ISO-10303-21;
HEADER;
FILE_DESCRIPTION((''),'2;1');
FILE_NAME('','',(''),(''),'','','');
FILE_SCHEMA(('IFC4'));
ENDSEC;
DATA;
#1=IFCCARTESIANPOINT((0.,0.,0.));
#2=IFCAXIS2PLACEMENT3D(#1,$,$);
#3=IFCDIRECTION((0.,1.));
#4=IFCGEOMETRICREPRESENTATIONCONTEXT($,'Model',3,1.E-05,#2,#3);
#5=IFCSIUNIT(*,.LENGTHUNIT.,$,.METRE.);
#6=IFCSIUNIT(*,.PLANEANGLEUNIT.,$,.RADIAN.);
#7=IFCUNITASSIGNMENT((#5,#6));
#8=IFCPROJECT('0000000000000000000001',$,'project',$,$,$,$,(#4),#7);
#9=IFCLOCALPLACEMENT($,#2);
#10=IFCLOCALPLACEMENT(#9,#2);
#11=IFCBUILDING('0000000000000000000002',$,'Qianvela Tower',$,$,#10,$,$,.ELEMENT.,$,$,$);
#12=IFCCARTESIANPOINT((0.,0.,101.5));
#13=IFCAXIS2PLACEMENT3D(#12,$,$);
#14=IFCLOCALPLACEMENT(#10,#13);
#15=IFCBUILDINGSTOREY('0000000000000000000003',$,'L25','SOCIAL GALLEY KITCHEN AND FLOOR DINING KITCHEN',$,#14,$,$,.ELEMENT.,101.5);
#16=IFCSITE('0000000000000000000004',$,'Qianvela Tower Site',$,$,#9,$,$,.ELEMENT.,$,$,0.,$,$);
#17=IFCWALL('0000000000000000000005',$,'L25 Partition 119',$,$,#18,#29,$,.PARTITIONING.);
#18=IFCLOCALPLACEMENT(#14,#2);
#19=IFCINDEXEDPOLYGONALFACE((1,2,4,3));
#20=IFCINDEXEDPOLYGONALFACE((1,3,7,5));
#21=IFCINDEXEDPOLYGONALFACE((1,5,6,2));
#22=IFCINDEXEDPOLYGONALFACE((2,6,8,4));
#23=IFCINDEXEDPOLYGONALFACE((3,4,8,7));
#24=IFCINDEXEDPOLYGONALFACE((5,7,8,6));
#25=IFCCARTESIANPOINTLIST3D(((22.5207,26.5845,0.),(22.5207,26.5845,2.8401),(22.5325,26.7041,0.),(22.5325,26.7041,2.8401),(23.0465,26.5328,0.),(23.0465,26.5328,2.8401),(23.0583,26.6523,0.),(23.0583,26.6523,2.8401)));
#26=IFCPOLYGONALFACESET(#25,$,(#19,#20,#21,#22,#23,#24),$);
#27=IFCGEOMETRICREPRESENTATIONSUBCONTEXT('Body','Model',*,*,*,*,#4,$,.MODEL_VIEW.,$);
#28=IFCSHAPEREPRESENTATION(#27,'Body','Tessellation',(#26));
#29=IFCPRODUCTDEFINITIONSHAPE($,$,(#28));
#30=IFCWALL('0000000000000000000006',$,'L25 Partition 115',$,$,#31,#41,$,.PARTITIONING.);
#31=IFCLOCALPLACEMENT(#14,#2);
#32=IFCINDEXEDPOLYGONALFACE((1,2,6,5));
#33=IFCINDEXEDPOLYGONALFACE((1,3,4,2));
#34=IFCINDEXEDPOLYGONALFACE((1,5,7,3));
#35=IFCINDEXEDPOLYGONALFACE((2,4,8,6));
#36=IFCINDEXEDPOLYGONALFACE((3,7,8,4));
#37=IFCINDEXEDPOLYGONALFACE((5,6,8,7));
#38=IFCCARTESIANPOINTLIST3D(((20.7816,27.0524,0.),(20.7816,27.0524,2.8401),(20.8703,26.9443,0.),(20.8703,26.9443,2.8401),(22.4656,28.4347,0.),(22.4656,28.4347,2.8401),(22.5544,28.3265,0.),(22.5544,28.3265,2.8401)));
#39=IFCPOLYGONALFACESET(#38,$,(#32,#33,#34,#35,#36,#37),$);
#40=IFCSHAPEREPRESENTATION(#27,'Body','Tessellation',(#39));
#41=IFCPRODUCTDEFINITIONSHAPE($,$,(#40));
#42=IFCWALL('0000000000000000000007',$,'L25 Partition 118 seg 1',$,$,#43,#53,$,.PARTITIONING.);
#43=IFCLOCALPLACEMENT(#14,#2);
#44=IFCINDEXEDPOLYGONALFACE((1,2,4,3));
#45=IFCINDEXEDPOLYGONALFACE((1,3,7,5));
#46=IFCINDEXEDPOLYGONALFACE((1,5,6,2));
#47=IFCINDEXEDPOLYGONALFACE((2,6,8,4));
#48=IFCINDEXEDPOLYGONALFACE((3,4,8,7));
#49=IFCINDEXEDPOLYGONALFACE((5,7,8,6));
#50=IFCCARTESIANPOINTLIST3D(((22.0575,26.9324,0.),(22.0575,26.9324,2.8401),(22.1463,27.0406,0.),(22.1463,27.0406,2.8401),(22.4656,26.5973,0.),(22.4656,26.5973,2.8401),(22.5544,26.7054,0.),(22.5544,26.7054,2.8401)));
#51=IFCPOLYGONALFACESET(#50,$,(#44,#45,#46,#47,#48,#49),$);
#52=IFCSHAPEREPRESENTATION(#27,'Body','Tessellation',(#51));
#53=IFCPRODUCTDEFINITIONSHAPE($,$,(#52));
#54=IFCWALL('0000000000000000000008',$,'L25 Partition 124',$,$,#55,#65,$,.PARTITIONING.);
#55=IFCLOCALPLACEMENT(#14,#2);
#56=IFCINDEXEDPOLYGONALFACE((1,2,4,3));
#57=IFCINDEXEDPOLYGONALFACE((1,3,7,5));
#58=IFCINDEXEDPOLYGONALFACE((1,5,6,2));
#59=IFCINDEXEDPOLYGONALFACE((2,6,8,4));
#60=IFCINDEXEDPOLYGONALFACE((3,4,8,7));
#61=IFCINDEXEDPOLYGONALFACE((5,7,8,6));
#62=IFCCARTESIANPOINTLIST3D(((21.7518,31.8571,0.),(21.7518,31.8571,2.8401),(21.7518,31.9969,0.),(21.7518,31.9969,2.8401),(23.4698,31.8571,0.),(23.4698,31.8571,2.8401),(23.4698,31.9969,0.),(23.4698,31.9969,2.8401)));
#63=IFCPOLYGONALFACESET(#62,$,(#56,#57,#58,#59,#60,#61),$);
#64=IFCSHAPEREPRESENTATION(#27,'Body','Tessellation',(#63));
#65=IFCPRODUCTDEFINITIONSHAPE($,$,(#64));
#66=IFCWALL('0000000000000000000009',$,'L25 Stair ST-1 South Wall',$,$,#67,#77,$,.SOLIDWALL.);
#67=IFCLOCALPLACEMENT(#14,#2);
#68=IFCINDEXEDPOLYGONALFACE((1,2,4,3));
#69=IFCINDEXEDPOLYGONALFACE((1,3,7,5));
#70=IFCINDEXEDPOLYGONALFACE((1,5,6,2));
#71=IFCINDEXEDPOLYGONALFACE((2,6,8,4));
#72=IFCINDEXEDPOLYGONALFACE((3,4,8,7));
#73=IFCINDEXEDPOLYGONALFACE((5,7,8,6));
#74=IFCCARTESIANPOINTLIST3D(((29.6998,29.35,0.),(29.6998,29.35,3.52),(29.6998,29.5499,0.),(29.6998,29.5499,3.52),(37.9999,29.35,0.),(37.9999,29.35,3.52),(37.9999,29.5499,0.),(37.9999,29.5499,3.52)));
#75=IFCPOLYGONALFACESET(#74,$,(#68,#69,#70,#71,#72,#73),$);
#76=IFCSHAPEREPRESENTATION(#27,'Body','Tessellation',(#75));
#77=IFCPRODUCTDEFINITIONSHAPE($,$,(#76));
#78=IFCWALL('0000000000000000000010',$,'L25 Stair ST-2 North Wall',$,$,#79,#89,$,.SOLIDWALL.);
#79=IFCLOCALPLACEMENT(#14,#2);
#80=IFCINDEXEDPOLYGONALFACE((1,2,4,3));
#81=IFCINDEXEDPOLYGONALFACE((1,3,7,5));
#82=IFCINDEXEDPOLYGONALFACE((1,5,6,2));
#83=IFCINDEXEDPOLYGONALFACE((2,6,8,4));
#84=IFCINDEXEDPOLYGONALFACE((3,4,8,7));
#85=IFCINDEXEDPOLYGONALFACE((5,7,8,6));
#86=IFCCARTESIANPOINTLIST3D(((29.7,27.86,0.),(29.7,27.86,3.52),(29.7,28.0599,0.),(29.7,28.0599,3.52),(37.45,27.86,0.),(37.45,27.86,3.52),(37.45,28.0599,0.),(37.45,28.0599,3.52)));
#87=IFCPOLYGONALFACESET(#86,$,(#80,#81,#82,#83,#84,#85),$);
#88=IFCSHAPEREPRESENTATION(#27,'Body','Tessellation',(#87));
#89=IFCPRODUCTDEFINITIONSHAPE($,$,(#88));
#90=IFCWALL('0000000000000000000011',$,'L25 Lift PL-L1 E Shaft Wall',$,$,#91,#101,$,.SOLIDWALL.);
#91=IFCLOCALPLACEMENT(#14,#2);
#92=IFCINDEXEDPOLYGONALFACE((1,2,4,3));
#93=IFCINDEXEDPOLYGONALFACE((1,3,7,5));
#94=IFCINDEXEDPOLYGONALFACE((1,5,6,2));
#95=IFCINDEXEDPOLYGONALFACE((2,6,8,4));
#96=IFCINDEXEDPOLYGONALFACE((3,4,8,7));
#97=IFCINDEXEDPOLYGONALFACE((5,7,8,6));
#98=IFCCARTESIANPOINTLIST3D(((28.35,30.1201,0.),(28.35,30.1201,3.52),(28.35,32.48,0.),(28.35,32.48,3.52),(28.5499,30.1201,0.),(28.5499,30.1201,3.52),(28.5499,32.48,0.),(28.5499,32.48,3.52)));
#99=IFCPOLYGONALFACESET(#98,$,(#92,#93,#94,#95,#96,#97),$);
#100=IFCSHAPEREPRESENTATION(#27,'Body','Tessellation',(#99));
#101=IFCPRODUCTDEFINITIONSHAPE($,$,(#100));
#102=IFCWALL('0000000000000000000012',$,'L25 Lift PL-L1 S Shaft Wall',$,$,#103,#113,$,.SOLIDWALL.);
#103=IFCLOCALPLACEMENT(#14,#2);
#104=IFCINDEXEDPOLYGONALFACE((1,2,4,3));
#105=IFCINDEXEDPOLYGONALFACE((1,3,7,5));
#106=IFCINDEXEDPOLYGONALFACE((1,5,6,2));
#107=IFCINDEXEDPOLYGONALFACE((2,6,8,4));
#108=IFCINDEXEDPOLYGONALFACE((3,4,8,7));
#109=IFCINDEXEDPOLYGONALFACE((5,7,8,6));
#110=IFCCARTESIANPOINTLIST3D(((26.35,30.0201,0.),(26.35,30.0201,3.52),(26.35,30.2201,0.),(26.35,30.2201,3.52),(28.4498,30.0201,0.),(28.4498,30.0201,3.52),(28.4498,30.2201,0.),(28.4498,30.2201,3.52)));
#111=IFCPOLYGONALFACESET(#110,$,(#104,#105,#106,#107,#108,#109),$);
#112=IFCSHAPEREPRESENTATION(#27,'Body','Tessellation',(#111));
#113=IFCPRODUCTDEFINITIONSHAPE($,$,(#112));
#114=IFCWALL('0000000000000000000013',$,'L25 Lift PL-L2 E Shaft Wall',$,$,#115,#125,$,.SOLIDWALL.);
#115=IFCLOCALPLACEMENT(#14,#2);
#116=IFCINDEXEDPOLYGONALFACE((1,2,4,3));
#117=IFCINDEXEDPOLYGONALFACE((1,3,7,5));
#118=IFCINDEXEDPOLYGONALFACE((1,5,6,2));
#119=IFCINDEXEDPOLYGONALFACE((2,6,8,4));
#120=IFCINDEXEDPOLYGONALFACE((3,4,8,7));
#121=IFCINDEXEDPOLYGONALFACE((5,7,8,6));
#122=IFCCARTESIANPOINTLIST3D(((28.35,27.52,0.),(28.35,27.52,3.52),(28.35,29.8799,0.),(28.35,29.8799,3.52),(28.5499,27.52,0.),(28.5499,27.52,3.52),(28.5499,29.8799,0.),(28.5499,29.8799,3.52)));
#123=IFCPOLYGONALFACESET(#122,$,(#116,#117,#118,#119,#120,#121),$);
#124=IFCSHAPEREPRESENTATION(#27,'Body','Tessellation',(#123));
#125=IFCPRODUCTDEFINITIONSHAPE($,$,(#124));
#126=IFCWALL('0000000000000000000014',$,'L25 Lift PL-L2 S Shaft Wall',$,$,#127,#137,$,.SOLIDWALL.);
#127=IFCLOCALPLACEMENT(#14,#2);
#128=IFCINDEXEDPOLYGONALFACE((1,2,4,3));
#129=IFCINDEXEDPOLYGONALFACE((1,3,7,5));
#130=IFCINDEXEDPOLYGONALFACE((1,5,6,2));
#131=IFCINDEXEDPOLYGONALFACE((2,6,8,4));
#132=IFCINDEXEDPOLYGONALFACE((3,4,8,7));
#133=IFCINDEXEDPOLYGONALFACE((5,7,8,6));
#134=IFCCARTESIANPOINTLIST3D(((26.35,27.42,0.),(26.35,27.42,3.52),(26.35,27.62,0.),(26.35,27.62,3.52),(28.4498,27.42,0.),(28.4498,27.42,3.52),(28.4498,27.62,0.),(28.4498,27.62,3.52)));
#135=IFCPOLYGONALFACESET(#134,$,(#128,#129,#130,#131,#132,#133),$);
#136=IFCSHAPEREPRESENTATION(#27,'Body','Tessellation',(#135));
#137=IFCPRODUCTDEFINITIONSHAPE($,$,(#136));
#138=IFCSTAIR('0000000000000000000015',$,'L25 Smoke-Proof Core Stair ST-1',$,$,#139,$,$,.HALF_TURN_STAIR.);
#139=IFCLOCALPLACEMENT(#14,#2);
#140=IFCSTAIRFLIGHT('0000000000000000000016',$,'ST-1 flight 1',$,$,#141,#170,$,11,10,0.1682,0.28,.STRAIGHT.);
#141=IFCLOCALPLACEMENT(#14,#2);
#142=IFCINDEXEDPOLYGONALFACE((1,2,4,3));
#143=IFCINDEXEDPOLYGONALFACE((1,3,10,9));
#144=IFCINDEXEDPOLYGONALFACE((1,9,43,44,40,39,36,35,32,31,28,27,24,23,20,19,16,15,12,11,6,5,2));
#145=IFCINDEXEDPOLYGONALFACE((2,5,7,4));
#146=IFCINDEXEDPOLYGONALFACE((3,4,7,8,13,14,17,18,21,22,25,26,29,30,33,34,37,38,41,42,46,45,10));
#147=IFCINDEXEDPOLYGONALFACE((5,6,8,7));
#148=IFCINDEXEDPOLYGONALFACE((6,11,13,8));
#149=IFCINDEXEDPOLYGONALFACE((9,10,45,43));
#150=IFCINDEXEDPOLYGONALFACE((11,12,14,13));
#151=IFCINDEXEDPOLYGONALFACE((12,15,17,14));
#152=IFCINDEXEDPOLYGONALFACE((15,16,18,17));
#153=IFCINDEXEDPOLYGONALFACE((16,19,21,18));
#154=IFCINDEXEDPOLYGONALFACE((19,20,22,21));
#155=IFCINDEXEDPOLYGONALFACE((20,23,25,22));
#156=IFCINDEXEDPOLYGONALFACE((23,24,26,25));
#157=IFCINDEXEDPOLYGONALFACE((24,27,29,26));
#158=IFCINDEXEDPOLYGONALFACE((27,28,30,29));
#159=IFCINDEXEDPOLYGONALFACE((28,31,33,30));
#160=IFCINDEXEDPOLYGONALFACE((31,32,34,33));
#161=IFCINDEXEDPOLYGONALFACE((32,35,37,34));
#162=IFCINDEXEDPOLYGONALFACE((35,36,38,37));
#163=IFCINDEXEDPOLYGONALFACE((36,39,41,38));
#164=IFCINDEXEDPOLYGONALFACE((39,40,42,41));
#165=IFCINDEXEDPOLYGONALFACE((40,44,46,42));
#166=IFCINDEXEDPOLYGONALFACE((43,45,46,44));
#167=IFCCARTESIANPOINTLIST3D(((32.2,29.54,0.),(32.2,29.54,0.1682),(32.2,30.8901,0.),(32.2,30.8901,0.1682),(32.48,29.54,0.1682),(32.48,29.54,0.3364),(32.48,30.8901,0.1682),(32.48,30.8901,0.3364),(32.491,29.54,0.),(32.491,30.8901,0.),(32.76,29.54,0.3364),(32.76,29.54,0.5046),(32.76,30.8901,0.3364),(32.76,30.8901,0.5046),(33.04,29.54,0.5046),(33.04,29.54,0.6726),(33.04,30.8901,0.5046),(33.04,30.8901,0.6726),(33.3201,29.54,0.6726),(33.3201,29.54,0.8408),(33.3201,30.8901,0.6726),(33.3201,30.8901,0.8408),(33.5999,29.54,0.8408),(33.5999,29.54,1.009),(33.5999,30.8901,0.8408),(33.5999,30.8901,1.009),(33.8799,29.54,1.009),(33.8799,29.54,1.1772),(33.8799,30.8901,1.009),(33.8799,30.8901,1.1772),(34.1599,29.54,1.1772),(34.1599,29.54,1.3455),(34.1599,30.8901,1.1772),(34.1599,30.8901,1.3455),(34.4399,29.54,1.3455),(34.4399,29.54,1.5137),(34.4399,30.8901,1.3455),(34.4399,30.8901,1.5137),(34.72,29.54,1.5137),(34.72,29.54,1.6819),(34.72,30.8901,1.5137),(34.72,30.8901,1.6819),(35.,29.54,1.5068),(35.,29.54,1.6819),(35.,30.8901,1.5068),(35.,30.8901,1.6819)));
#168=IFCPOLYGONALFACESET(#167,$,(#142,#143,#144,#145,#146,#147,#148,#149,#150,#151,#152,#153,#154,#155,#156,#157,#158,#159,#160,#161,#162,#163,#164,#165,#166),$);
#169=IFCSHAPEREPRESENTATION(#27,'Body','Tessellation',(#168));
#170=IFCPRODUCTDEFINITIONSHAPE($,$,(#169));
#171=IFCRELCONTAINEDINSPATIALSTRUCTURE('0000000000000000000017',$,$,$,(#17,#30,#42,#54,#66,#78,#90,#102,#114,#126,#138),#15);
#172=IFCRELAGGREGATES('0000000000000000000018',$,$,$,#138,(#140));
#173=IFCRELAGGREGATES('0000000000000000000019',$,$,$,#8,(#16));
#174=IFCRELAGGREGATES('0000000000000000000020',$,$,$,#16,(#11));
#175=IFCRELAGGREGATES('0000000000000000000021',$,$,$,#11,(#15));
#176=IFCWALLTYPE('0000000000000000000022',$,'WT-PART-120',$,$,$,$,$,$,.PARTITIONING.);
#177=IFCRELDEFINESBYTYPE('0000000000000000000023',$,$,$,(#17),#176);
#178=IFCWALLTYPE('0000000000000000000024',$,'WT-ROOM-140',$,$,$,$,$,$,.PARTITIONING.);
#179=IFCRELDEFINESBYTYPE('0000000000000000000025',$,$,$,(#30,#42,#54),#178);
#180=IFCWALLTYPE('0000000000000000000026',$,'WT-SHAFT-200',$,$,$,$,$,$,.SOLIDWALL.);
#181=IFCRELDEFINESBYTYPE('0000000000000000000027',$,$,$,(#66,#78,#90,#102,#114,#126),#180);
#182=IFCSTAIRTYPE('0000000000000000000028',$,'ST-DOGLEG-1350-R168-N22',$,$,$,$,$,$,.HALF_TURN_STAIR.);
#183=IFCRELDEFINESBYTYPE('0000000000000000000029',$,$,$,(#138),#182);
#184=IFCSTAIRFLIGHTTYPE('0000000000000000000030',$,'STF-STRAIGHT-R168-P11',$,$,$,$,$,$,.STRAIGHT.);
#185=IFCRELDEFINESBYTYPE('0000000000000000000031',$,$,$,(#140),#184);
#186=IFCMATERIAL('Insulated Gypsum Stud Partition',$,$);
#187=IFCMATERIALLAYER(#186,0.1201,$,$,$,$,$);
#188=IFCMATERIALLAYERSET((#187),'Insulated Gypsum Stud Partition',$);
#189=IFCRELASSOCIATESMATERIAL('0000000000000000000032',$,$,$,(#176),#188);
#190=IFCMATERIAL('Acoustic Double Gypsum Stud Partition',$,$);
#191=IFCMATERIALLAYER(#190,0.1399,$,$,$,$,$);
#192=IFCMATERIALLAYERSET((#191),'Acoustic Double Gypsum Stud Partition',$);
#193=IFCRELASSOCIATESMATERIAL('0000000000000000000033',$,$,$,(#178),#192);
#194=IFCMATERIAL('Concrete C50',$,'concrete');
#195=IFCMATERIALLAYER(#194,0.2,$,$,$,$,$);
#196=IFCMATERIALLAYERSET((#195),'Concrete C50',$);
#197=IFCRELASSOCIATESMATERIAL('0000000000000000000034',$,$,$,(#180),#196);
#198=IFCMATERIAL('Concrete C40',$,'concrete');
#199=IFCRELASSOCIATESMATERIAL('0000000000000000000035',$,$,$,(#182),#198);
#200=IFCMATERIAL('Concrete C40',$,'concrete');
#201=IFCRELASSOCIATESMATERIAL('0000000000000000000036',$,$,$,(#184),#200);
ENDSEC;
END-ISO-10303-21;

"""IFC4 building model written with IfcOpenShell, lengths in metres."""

from ifc_helpers import new_model, si_unit, direction, frame, frame_2d, origin, place, context, subcontext, project, spatial, polyline, rectangle, outline, extrude, material, layer, layer_set, type_object, element, aggregate, save


model = new_model("IFC4")

# Units and contexts
model_context = context("Model", 3, precision=1e-05, world=origin(), true_north=direction((0.0, 1.0)))
body_context = subcontext(model_context, "Body", "Model", "MODEL_VIEW")
ifc_project = project(units=[si_unit("LENGTHUNIT", "METRE"), si_unit("PLANEANGLEUNIT", "RADIAN")], contexts=[model_context])

# Site, building, storey
site_placement = place(None, origin())
site = spatial("IfcSite", under=ifc_project, at=site_placement, Name="Qianvela Tower Site", CompositionType="ELEMENT", RefElevation=0.0)
building_placement = place(site_placement, origin())
building = spatial("IfcBuilding", under=site, at=building_placement, Name="Qianvela Tower", CompositionType="ELEMENT")
storey_placement = place(building_placement, frame((0.0, 0.0, 101.5)))
storey = spatial("IfcBuildingStorey", under=building, at=storey_placement, Name="L25", Description="SOCIAL GALLEY KITCHEN AND FLOOR DINING KITCHEN", CompositionType="ELEMENT", Elevation=101.5)

# Walls
ifc_material_1 = material(Name="Insulated Gypsum Stud Partition")
ifc_layer_1 = layer(ifc_material_1, 0.1201)
ifc_layer_set_1 = layer_set([ifc_layer_1], Name="Insulated Gypsum Stud Partition")
wall_type_1 = type_object("IfcWallType", Name="WT-PART-120", PredefinedType="PARTITIONING", material=ifc_layer_set_1)
wall_1_placement = place(storey_placement, frame((22.5266, 26.6443, 0.0), z_axis=(0.0, 0.0, 1.0), x_axis=(0.995192, -0.097948, 0.0)))
element("IfcWall", 1, at=wall_1_placement, inside=storey, type_object=wall_type_1, Name="L25 Partition 119", PredefinedType="PARTITIONING", context=body_context, shape_type="SweptSolid", body=[
    extrude(rectangle(XDim=0.5283, YDim=0.1201, at=frame_2d((0.2642, 0.0))), origin(), (0.0, 0.0, 1.0), 2.8401),
])
ifc_material_2 = material(Name="Acoustic Double Gypsum Stud Partition")
ifc_layer_2 = layer(ifc_material_2, 0.1399)
ifc_layer_set_2 = layer_set([ifc_layer_2], Name="Acoustic Double Gypsum Stud Partition")
wall_type_2 = type_object("IfcWallType", Name="WT-ROOM-140", PredefinedType="PARTITIONING", material=ifc_layer_set_2)
wall_2_placement = place(storey_placement, frame((22.51, 28.3806, 0.0), z_axis=(0.0, 0.0, 1.0), x_axis=(-0.772958, -0.634457, 0.0)))
element("IfcWall", 2, at=wall_2_placement, inside=storey, type_object=wall_type_2, Name="L25 Partition 115", PredefinedType="PARTITIONING", context=body_context, shape_type="SweptSolid", body=[
    extrude(rectangle(XDim=2.1787, YDim=0.1399, at=frame_2d((1.0894, 0.0))), origin(), (0.0, 0.0, 1.0), 2.8401),
])
wall_3_placement = place(storey_placement, frame((22.1018, 26.9866, 0.0), z_axis=(0.0, 0.0, 1.0), x_axis=(0.772823, -0.634621, 0.0)))
element("IfcWall", 3, at=wall_3_placement, inside=storey, type_object=wall_type_2, Name="L25 Partition 118 seg 1", PredefinedType="PARTITIONING", context=body_context, shape_type="SweptSolid", body=[
    extrude(rectangle(XDim=0.5281, YDim=0.1399, at=frame_2d((0.2642, 0.0))), origin(), (0.0, 0.0, 1.0), 2.8401),
])
wall_4_placement = place(storey_placement, frame((21.752, 31.927, 0.0), z_axis=(0.0, 0.0, 1.0), x_axis=(1.0, 0.0, 0.0)))
element("IfcWall", 4, at=wall_4_placement, inside=storey, type_object=wall_type_2, Name="L25 Partition 124", PredefinedType="PARTITIONING", context=body_context, shape_type="SweptSolid", body=[
    extrude(rectangle(XDim=1.718, YDim=0.1399, at=frame_2d((0.8589, 0.0))), origin(), (0.0, 0.0, 1.0), 2.8401),
])
ifc_material_3 = material(Name="Concrete C50", Category="concrete")
ifc_layer_3 = layer(ifc_material_3, 0.2)
ifc_layer_set_3 = layer_set([ifc_layer_3], Name="Concrete C50")
wall_type_3 = type_object("IfcWallType", Name="WT-SHAFT-200", PredefinedType="SOLIDWALL", material=ifc_layer_set_3)
wall_5_placement = place(storey_placement, frame((29.7, 29.45, 0.0), z_axis=(0.0, 0.0, 1.0), x_axis=(1.0, 0.0, 0.0)))
element("IfcWall", 5, at=wall_5_placement, inside=storey, type_object=wall_type_3, Name="L25 Stair ST-1 South Wall", PredefinedType="SOLIDWALL", context=body_context, shape_type="SweptSolid", body=[
    extrude(rectangle(XDim=8.3, YDim=0.2, at=frame_2d((4.1499, 0.0))), origin(), (0.0, 0.0, 1.0), 3.52),
])
wall_6_placement = place(storey_placement, frame((29.7, 27.96, 0.0), z_axis=(0.0, 0.0, 1.0), x_axis=(1.0, 0.0, 0.0)))
element("IfcWall", 6, at=wall_6_placement, inside=storey, type_object=wall_type_3, Name="L25 Stair ST-2 North Wall", PredefinedType="SOLIDWALL", context=body_context, shape_type="SweptSolid", body=[
    extrude(rectangle(XDim=7.75, YDim=0.2, at=frame_2d((3.875, 0.0))), origin(), (0.0, 0.0, 1.0), 3.52),
])
wall_7_placement = place(storey_placement, frame((28.45, 30.1201, 0.0), z_axis=(0.0, 0.0, 1.0), x_axis=(0.0, 1.0, 0.0)))
element("IfcWall", 7, at=wall_7_placement, inside=storey, type_object=wall_type_3, Name="L25 Lift PL-L1 E Shaft Wall", PredefinedType="SOLIDWALL", context=body_context, shape_type="SweptSolid", body=[
    extrude(rectangle(XDim=2.3599, YDim=0.2, at=frame_2d((1.1799, 0.0))), origin(), (0.0, 0.0, 1.0), 3.52),
])

# Walls
wall_8_placement = place(storey_placement, frame((26.3501, 30.1201, 0.0), z_axis=(0.0, 0.0, 1.0), x_axis=(1.0, 0.0, 0.0)))
element("IfcWall", 8, at=wall_8_placement, inside=storey, type_object=wall_type_3, Name="L25 Lift PL-L1 S Shaft Wall", PredefinedType="SOLIDWALL", context=body_context, shape_type="SweptSolid", body=[
    extrude(rectangle(XDim=2.0999, YDim=0.2, at=frame_2d((1.0498, 0.0))), origin(), (0.0, 0.0, 1.0), 3.52),
])
wall_9_placement = place(storey_placement, frame((28.45, 27.52, 0.0), z_axis=(0.0, 0.0, 1.0), x_axis=(0.0, 1.0, 0.0)))
element("IfcWall", 9, at=wall_9_placement, inside=storey, type_object=wall_type_3, Name="L25 Lift PL-L2 E Shaft Wall", PredefinedType="SOLIDWALL", context=body_context, shape_type="SweptSolid", body=[
    extrude(rectangle(XDim=2.3599, YDim=0.2, at=frame_2d((1.1799, 0.0))), origin(), (0.0, 0.0, 1.0), 3.52),
])

# Wall
wall_10_placement = place(storey_placement, frame((26.3501, 27.52, 0.0), z_axis=(0.0, 0.0, 1.0), x_axis=(1.0, 0.0, 0.0)))
element("IfcWall", 10, at=wall_10_placement, inside=storey, type_object=wall_type_3, Name="L25 Lift PL-L2 S Shaft Wall", PredefinedType="SOLIDWALL", context=body_context, shape_type="SweptSolid", body=[
    extrude(rectangle(XDim=2.0999, YDim=0.2, at=frame_2d((1.0498, 0.0))), origin(), (0.0, 0.0, 1.0), 3.52),
])

# Stair, stair flight
ifc_material_4 = material(Name="Concrete C40", Category="concrete")
stair_type = type_object("IfcStairType", Name="ST-DOGLEG-1350-R168-N22", PredefinedType="HALF_TURN_STAIR", material=ifc_material_4)
stair_placement = place(storey_placement, origin())
stair = element("IfcStair", 11, at=stair_placement, inside=storey, type_object=stair_type, Name="L25 Smoke-Proof Core Stair ST-1", PredefinedType="HALF_TURN_STAIR")
ifc_material_5 = material(Name="Concrete C40", Category="concrete")
stair_flight_type = type_object("IfcStairFlightType", Name="STF-STRAIGHT-R168-P11", PredefinedType="STRAIGHT", material=ifc_material_5)
stair_flight_placement = place(storey_placement, frame((32.2, 30.2151, 0.0), z_axis=(0.0, 0.0, 1.0), x_axis=(1.0, 0.0, 0.0)))
stair_flight = element("IfcStairFlight", 12, at=stair_flight_placement, type_object=stair_flight_type, Name="ST-1 flight 1", NumberOfRisers=11, NumberOfTreads=10, PredefinedType="STRAIGHT", RiserHeight=0.1682, TreadLength=0.28, context=body_context, shape_type="SweptSolid", body=[
    extrude(outline(polyline([(0.0, 0.0), (0.0, 0.1682), (0.28, 0.1682), (0.28, 0.3364), (0.5601, 0.3364), (0.5601, 0.5046), (0.8401, 0.5046), (0.8401, 0.6726), (1.1201, 0.6726), (1.1201, 0.8408), (1.3999, 0.8408), (1.3999, 1.009), (1.6799, 1.009), (1.6799, 1.1772), (1.96, 1.1772), (1.96, 1.3455), (2.24, 1.3455), (2.24, 1.5137), (2.52, 1.5137), (2.52, 1.6819), (2.8, 1.6819), (2.8, 1.8501), (2.8, 1.5068), (0.291, 0.0), (0.0, 0.0)])), frame((0.0, 0.675, 0.0), z_axis=(0.0, -1.0, 0.0), x_axis=(1.0, 0.0, 0.0)), (0.0, 0.0, 1.0), 1.3501),
])
aggregate(stair, [stair_flight])

save(model, "model.ifc")
